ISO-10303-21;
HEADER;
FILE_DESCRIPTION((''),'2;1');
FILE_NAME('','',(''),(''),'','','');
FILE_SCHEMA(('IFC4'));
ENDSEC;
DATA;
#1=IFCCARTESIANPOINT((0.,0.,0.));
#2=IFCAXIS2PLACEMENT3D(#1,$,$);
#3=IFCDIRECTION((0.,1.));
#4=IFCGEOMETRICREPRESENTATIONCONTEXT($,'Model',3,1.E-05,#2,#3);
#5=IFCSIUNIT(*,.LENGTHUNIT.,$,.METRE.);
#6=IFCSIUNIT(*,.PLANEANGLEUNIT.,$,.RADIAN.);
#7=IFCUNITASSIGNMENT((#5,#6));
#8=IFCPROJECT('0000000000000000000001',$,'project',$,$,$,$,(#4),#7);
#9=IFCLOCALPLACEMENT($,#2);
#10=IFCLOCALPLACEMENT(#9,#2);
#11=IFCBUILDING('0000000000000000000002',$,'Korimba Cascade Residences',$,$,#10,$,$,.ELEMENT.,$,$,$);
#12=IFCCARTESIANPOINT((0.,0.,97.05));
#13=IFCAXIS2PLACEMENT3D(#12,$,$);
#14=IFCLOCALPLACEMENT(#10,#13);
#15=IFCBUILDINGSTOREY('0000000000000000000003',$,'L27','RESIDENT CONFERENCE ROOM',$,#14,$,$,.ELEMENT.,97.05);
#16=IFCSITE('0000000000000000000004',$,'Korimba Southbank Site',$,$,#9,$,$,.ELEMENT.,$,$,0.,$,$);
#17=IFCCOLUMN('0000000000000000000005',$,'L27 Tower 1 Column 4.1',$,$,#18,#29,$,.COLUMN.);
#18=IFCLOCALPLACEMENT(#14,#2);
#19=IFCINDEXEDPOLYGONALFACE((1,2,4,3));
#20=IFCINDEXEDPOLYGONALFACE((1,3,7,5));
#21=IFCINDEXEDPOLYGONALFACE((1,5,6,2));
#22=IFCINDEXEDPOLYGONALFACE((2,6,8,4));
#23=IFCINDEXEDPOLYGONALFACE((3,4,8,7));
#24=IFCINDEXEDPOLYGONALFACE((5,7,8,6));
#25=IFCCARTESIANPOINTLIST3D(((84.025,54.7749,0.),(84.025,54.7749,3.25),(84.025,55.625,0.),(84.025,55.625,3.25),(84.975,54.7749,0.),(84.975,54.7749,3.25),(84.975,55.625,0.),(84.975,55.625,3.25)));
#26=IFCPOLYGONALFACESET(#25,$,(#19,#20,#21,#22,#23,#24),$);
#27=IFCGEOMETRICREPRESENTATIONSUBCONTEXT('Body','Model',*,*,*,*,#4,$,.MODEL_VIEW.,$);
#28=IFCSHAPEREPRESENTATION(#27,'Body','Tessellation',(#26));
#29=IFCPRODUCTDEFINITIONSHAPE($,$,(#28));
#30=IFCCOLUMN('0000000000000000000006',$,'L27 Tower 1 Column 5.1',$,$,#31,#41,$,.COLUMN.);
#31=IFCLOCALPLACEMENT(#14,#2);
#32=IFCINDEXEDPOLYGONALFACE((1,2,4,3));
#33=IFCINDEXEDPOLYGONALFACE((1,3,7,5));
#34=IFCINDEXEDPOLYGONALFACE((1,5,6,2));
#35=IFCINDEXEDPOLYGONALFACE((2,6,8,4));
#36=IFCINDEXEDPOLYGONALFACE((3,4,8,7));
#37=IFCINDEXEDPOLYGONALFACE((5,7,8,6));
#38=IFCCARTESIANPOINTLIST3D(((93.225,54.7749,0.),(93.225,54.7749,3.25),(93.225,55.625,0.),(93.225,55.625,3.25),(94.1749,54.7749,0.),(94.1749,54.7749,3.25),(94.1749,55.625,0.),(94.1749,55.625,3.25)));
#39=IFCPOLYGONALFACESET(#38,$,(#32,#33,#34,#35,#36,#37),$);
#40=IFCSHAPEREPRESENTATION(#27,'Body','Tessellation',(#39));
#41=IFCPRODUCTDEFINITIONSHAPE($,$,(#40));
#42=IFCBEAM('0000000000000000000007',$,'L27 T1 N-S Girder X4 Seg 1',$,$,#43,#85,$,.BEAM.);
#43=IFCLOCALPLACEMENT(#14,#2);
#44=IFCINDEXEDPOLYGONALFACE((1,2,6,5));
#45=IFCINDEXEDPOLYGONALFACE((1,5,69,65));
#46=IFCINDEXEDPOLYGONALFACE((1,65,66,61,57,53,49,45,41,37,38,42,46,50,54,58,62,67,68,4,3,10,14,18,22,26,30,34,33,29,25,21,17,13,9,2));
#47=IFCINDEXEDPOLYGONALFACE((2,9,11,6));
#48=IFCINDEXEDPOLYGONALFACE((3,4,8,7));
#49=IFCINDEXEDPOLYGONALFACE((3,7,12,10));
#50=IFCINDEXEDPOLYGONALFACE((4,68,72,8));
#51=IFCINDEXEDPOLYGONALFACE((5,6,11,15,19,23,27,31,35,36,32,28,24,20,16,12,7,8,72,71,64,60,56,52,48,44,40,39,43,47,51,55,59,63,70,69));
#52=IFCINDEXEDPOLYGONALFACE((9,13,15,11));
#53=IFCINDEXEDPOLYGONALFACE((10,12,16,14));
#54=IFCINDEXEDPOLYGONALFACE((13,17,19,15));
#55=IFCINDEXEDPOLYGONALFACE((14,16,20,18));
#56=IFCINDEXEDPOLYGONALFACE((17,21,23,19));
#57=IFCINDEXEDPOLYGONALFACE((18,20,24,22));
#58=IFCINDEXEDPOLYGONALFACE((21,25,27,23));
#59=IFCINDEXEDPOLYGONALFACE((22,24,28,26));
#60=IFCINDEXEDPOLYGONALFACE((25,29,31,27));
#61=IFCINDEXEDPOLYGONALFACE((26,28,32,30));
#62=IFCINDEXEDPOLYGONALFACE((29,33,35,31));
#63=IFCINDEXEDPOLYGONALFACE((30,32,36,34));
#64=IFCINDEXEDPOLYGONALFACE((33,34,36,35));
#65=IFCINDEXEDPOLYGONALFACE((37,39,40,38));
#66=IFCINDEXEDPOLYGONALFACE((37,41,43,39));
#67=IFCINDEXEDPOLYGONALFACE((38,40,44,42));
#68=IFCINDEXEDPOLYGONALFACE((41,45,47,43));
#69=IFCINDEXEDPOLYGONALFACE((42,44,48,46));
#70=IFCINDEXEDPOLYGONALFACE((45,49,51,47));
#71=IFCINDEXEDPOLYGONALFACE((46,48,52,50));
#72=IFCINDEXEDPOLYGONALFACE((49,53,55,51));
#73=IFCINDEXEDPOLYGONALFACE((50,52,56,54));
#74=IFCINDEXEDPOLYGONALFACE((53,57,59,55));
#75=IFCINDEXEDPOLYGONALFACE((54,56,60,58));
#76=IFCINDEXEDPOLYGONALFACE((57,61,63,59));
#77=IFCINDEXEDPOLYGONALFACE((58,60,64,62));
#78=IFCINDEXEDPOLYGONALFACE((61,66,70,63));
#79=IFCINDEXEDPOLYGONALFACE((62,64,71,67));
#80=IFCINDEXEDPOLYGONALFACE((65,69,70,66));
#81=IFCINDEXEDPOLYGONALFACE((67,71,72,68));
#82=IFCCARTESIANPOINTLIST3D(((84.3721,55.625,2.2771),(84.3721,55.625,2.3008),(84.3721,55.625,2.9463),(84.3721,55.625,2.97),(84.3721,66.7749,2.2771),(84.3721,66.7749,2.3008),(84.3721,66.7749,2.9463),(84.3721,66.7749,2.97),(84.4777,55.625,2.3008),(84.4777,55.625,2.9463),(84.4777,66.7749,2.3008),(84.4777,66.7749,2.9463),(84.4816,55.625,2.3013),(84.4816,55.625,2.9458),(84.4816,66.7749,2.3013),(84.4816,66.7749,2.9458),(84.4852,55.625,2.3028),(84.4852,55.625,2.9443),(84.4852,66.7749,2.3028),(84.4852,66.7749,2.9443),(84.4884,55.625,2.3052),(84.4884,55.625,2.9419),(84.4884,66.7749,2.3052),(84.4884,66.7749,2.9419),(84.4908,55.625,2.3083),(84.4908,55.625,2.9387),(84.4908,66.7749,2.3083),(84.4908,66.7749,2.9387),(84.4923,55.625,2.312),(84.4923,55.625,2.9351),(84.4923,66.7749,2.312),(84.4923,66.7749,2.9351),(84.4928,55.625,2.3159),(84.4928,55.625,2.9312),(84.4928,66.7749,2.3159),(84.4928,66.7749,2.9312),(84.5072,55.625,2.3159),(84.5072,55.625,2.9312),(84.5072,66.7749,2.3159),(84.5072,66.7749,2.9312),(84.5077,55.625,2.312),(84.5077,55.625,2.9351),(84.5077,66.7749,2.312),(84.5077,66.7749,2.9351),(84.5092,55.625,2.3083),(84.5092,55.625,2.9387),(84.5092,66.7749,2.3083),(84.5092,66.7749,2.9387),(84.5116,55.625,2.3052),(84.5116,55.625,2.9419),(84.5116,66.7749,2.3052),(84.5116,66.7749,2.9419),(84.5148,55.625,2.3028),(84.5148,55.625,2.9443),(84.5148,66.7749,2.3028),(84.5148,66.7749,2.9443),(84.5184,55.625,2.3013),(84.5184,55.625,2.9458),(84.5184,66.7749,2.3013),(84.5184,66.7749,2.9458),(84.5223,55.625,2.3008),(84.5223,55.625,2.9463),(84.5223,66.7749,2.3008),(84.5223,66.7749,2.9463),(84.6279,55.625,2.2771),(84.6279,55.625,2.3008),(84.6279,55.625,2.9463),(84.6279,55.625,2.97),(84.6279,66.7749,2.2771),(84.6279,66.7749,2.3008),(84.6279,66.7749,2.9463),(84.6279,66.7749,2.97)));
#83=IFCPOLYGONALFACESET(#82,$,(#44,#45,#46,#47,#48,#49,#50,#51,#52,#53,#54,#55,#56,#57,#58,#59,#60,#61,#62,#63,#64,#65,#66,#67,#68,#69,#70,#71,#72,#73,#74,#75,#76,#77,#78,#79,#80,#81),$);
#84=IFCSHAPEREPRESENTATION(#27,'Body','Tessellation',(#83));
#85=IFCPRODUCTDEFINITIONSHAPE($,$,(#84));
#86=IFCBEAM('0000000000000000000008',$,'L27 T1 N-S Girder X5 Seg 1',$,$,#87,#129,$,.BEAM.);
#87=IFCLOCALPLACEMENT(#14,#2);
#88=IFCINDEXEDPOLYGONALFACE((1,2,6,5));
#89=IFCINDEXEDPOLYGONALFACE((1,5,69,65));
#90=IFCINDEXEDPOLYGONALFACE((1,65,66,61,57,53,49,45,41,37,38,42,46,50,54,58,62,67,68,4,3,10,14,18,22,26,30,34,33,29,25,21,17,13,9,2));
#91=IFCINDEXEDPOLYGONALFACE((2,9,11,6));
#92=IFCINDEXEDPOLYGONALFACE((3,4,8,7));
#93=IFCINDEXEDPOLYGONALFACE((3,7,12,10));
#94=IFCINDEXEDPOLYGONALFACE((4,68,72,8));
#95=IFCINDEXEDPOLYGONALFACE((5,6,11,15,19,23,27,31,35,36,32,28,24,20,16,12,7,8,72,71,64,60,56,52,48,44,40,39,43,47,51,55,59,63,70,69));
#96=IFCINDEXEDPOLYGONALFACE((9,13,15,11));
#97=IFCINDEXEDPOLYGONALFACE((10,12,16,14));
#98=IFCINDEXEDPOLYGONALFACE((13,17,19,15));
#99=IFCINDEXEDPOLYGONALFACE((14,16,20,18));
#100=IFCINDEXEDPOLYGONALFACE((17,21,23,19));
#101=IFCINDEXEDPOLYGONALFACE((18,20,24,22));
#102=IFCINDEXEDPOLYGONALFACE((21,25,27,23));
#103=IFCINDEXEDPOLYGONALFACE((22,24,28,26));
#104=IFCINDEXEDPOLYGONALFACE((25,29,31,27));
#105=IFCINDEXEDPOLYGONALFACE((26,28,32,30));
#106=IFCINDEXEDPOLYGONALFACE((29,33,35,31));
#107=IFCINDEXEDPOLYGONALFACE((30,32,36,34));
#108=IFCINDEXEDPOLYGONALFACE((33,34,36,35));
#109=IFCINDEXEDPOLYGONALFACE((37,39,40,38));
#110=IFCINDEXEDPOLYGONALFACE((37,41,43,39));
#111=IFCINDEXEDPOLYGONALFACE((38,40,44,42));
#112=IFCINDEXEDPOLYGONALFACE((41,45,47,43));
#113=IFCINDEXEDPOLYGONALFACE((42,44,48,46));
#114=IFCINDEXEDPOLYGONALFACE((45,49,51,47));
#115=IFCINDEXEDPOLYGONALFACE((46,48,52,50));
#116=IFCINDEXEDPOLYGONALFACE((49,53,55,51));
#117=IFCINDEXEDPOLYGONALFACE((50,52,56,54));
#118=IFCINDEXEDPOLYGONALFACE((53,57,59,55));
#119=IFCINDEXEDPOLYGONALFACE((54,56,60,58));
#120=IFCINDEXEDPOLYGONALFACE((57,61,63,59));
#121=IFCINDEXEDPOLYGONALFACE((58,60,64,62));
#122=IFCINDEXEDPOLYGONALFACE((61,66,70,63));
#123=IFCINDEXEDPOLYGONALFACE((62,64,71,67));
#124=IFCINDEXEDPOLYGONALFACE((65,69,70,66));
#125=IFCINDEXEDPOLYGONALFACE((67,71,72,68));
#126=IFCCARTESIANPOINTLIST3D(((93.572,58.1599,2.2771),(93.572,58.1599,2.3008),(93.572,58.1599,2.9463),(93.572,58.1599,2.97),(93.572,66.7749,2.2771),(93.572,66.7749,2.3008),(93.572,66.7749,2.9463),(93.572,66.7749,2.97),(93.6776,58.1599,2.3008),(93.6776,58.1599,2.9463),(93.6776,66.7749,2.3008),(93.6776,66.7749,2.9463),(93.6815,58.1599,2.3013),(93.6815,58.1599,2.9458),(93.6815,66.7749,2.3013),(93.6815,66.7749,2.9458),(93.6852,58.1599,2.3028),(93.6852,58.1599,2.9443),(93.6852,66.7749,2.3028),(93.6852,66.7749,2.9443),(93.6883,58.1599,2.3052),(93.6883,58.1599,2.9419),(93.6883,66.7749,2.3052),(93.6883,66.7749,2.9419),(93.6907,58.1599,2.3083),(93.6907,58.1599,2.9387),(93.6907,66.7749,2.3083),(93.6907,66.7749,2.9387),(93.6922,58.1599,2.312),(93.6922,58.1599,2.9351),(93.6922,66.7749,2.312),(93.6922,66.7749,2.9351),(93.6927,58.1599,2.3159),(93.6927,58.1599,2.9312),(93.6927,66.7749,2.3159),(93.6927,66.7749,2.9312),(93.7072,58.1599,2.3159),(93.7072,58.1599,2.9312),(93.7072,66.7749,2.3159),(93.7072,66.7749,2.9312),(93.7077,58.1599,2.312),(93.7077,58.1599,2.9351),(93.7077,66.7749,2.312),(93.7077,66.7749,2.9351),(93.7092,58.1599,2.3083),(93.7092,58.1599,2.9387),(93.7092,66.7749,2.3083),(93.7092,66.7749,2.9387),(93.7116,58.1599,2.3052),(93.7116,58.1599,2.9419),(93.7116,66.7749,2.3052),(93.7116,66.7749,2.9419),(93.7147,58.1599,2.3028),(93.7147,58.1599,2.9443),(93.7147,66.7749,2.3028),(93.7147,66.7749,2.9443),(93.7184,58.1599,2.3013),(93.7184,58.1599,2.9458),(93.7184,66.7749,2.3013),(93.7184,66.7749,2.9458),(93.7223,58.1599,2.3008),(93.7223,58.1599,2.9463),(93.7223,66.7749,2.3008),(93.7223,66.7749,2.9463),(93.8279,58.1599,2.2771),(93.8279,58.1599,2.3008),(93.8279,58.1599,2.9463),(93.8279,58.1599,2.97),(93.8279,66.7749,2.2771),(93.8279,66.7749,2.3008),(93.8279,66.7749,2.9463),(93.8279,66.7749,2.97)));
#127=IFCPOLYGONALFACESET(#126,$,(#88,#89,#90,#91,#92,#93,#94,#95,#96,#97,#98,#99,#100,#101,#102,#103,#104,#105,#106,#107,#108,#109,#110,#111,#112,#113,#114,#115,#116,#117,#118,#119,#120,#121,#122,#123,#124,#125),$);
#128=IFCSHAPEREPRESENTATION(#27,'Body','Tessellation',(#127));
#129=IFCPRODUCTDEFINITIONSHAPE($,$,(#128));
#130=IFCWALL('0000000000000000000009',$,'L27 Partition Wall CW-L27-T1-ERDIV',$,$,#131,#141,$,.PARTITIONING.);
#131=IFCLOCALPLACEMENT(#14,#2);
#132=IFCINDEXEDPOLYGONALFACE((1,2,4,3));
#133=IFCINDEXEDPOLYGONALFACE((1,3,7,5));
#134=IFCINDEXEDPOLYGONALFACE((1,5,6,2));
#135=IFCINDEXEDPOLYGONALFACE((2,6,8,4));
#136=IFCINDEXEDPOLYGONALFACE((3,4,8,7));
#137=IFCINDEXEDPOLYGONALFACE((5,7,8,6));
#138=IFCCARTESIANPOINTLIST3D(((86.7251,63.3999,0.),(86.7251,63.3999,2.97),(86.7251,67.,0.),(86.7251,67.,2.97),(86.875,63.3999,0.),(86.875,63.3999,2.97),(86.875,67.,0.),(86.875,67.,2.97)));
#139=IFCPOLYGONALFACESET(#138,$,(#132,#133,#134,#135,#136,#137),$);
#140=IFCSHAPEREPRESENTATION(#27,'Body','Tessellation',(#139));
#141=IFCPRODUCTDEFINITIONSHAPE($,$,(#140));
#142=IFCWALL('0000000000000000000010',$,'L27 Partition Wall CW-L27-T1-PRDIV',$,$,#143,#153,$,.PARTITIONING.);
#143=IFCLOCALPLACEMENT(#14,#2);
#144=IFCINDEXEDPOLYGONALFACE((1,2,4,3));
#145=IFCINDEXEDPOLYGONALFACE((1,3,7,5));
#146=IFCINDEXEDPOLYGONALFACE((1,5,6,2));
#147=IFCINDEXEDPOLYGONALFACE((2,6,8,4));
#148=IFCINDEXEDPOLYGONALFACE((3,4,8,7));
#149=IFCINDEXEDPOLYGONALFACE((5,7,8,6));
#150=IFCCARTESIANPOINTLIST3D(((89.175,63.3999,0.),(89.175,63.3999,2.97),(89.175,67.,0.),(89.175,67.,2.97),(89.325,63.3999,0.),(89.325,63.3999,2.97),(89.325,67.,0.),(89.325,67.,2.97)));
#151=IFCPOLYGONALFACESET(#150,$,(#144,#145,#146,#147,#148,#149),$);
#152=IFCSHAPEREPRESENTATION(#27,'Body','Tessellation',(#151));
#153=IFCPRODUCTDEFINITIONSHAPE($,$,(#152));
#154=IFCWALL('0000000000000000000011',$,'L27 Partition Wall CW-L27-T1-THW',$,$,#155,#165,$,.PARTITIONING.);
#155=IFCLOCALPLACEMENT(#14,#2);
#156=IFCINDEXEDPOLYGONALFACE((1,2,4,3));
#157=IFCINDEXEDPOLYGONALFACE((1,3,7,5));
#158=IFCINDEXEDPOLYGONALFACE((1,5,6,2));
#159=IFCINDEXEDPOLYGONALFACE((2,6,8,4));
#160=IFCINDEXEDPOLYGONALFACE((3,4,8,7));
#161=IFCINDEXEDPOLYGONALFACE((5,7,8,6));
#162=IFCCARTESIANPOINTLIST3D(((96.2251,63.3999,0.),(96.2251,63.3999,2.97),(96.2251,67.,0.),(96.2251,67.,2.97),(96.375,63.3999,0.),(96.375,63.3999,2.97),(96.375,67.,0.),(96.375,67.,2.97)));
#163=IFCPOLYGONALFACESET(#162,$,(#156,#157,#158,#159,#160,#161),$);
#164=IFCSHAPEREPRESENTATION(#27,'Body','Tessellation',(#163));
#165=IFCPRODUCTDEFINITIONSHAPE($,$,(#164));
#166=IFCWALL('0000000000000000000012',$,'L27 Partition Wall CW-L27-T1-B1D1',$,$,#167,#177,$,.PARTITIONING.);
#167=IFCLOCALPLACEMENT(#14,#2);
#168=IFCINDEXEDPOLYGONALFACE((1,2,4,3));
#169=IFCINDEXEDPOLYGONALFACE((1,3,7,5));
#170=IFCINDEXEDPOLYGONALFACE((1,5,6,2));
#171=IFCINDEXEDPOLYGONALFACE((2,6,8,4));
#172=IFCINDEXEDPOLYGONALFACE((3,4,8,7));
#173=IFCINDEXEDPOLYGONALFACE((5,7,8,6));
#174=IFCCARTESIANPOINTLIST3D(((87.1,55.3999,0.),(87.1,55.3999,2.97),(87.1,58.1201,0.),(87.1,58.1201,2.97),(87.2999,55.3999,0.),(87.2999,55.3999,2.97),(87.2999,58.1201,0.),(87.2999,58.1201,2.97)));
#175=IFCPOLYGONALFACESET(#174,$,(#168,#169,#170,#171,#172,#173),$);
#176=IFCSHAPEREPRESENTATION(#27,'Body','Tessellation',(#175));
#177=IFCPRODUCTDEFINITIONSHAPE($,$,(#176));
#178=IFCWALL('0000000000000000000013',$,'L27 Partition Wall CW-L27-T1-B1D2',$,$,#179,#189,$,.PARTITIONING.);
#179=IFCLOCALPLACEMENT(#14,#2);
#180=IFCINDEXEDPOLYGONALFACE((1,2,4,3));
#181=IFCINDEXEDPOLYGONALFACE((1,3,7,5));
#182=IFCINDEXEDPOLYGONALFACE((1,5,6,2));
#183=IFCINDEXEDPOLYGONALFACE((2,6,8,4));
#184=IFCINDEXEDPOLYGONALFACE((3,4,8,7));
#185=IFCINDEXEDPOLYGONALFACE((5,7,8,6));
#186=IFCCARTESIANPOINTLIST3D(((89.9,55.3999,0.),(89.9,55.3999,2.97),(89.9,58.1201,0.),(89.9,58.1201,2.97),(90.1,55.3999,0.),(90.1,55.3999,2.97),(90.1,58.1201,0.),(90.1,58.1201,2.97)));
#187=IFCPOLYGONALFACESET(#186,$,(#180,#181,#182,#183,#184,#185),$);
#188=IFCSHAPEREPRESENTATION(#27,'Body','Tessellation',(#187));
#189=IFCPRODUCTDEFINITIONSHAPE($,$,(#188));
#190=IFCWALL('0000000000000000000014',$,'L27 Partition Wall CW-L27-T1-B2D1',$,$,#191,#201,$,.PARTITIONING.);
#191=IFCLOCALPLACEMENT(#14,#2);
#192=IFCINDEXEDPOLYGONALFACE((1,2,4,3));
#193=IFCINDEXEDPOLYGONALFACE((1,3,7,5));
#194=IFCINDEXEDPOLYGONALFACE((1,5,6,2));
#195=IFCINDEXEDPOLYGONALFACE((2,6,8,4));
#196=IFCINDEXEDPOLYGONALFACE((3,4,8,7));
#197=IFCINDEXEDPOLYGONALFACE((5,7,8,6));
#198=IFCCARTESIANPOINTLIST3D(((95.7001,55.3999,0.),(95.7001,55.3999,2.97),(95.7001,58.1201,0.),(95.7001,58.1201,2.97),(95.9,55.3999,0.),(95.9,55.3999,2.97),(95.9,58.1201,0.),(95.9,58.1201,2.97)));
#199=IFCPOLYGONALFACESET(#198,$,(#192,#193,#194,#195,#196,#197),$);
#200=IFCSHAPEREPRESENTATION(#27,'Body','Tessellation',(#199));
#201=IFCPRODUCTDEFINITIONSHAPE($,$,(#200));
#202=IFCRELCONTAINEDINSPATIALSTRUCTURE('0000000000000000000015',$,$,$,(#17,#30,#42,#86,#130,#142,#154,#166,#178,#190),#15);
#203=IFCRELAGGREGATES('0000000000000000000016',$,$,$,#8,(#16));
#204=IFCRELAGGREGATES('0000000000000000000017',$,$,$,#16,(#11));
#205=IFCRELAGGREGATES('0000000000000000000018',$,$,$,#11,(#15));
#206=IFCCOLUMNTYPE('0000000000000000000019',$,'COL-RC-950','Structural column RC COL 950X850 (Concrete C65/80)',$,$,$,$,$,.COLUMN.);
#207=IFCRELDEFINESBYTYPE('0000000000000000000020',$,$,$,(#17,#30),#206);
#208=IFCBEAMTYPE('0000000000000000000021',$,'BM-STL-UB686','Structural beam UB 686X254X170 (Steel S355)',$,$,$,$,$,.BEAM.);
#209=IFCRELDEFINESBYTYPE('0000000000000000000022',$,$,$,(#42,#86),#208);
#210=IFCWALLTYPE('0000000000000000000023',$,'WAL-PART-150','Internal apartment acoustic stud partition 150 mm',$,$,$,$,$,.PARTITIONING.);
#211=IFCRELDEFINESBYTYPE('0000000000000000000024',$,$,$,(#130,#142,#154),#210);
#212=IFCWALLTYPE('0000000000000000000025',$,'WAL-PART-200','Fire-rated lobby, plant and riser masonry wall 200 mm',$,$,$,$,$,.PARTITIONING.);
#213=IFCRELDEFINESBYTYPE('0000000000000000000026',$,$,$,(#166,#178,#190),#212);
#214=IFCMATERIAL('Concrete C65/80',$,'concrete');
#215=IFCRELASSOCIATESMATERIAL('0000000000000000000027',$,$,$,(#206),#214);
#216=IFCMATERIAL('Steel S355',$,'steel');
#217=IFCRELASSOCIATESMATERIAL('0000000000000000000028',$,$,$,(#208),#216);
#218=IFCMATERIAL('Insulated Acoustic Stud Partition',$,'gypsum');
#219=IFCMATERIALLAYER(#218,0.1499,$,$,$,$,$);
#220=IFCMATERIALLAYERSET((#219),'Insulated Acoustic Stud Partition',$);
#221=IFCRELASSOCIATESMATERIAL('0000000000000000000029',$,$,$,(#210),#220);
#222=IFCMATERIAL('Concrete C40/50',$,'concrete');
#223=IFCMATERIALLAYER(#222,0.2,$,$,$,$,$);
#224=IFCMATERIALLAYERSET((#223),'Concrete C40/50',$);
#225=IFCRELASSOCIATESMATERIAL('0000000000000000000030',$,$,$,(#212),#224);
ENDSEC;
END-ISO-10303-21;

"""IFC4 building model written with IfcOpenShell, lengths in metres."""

from ifc_helpers import new_model, si_unit, direction, frame, frame_2d, origin, origin_2d, place, context, subcontext, project, spatial, rectangle, i_section, extrude, material, layer, layer_set, material_profile, profile_set, type_object, element, save


model = new_model("IFC4")

# Units and contexts
model_context = context("Model", 3, precision=1e-05, world=origin(), true_north=direction((0.0, 1.0)))
body_context = subcontext(model_context, "Body", "Model", "MODEL_VIEW")
ifc_project = project(units=[si_unit("LENGTHUNIT", "METRE"), si_unit("PLANEANGLEUNIT", "RADIAN")], contexts=[model_context])

# Site, building, storey
site_placement = place(None, origin())
site = spatial("IfcSite", under=ifc_project, at=site_placement, Name="Korimba Southbank Site", CompositionType="ELEMENT", RefElevation=0.0)
building_placement = place(site_placement, origin())
building = spatial("IfcBuilding", under=site, at=building_placement, Name="Korimba Cascade Residences", CompositionType="ELEMENT")
storey_placement = place(building_placement, frame((0.0, 0.0, 97.05)))
storey = spatial("IfcBuildingStorey", under=building, at=storey_placement, Name="L27", Description="RESIDENT CONFERENCE ROOM", CompositionType="ELEMENT", Elevation=97.05)

# Columns
ifc_material_1 = material(Name="Concrete C65/80", Category="concrete")
ifc_material_profile_1 = material_profile(ifc_material_1, rectangle(XDim=0.95, YDim=0.8501, at=origin_2d()), Name="Concrete C65/80")
ifc_profile_set_1 = profile_set([ifc_material_profile_1], Name="Concrete C65/80")
column_type = type_object("IfcColumnType", Name="COL-RC-950", Description="Structural column RC COL 950X850 (Concrete C65/80)", PredefinedType="COLUMN", material=ifc_profile_set_1)
for number, where, z_axis, x_axis, name in (
    (1, (84.5, 55.2, 0.0), (0.0, 0.0, 1.0), (1.0, 0.0, 0.0), "L27 Tower 1 Column 4.1"),
    (2, (93.7, 55.2, 0.0), (0.0, 0.0, 1.0), (1.0, 0.0, 0.0), "L27 Tower 1 Column 5.1"),
):
    element("IfcColumn", number, at=place(storey_placement, frame(where, z_axis=z_axis, x_axis=x_axis)), inside=storey, type_object=column_type, Name=name, PredefinedType="COLUMN", context=body_context, shape_type="SweptSolid", body=[
        extrude(rectangle(XDim=0.95, YDim=0.8501, at=origin_2d()), origin(), (0.0, 0.0, 1.0), 3.25),
    ])

# Beams
ifc_material_2 = material(Name="Steel S355", Category="steel")
ifc_material_profile_2 = material_profile(ifc_material_2, i_section(OverallWidth=0.2559, OverallDepth=0.6929, WebThickness=0.0144, FlangeThickness=0.0237, FilletRadius=0.0151, at=origin_2d()), Name="Steel S355")
ifc_profile_set_2 = profile_set([ifc_material_profile_2], Name="Steel S355")
beam_type = type_object("IfcBeamType", Name="BM-STL-UB686", Description="Structural beam UB 686X254X170 (Steel S355)", PredefinedType="BEAM", material=ifc_profile_set_2)
beam_1_placement = place(storey_placement, frame((84.5, 55.625, 2.6235), z_axis=(0.0, 1.0, 0.0), x_axis=(-1.0, 0.0, 0.0)))
element("IfcBeam", 3, at=beam_1_placement, inside=storey, type_object=beam_type, Name="L27 T1 N-S Girder X4 Seg 1", PredefinedType="BEAM", context=body_context, shape_type="SweptSolid", body=[
    extrude(i_section(OverallWidth=0.2559, OverallDepth=0.6929, WebThickness=0.0144, FlangeThickness=0.0237, FilletRadius=0.0151, at=origin_2d()), origin(), (0.0, 0.0, 1.0), 11.1499),
])
beam_2_placement = place(storey_placement, frame((93.7, 58.1599, 2.6235), z_axis=(0.0, 1.0, 0.0), x_axis=(-1.0, 0.0, 0.0)))
element("IfcBeam", 4, at=beam_2_placement, inside=storey, type_object=beam_type, Name="L27 T1 N-S Girder X5 Seg 1", PredefinedType="BEAM", context=body_context, shape_type="SweptSolid", body=[
    extrude(i_section(OverallWidth=0.2559, OverallDepth=0.6929, WebThickness=0.0144, FlangeThickness=0.0237, FilletRadius=0.0151, at=origin_2d()), origin(), (0.0, 0.0, 1.0), 8.615),
])

# Walls
ifc_material_3 = material(Name="Insulated Acoustic Stud Partition", Category="gypsum")
ifc_layer_1 = layer(ifc_material_3, 0.1499)
ifc_layer_set_1 = layer_set([ifc_layer_1], Name="Insulated Acoustic Stud Partition")
wall_type_1 = type_object("IfcWallType", Name="WAL-PART-150", Description="Internal apartment acoustic stud partition 150 mm", PredefinedType="PARTITIONING", material=ifc_layer_set_1)
for number, where, z_axis, x_axis, name in (
    (5, (86.8, 63.3999, 0.0), (0.0, 0.0, 1.0), (0.0, 1.0, 0.0), "L27 Partition Wall CW-L27-T1-ERDIV"),
    (6, (89.25, 63.3999, 0.0), (0.0, 0.0, 1.0), (0.0, 1.0, 0.0), "L27 Partition Wall CW-L27-T1-PRDIV"),
    (7, (96.3, 63.3999, 0.0), (0.0, 0.0, 1.0), (0.0, 1.0, 0.0), "L27 Partition Wall CW-L27-T1-THW"),
):
    element("IfcWall", number, at=place(storey_placement, frame(where, z_axis=z_axis, x_axis=x_axis)), inside=storey, type_object=wall_type_1, Name=name, PredefinedType="PARTITIONING", context=body_context, shape_type="SweptSolid", body=[
        extrude(rectangle(XDim=3.6001, YDim=0.1499, at=frame_2d((1.8, 0.0))), origin(), (0.0, 0.0, 1.0), 2.97),
    ])
ifc_material_4 = material(Name="Concrete C40/50", Category="concrete")
ifc_layer_2 = layer(ifc_material_4, 0.2)
ifc_layer_set_2 = layer_set([ifc_layer_2], Name="Concrete C40/50")
wall_type_2 = type_object("IfcWallType", Name="WAL-PART-200", Description="Fire-rated lobby, plant and riser masonry wall 200 mm", PredefinedType="PARTITIONING", material=ifc_layer_set_2)
for number, where, z_axis, x_axis, name in (
    (8, (87.2, 55.3999, 0.0), (0.0, 0.0, 1.0), (0.0, 1.0, 0.0), "L27 Partition Wall CW-L27-T1-B1D1"),
    (9, (90.0, 55.3999, 0.0), (0.0, 0.0, 1.0), (0.0, 1.0, 0.0), "L27 Partition Wall CW-L27-T1-B1D2"),
    (10, (95.8, 55.3999, 0.0), (0.0, 0.0, 1.0), (0.0, 1.0, 0.0), "L27 Partition Wall CW-L27-T1-B2D1"),
):
    element("IfcWall", number, at=place(storey_placement, frame(where, z_axis=z_axis, x_axis=x_axis)), inside=storey, type_object=wall_type_2, Name=name, PredefinedType="PARTITIONING", context=body_context, shape_type="SweptSolid", body=[
        extrude(rectangle(XDim=2.7202, YDim=0.2, at=frame_2d((1.3601, 0.0))), origin(), (0.0, 0.0, 1.0), 2.97),
    ])

save(model, "model.ifc")
